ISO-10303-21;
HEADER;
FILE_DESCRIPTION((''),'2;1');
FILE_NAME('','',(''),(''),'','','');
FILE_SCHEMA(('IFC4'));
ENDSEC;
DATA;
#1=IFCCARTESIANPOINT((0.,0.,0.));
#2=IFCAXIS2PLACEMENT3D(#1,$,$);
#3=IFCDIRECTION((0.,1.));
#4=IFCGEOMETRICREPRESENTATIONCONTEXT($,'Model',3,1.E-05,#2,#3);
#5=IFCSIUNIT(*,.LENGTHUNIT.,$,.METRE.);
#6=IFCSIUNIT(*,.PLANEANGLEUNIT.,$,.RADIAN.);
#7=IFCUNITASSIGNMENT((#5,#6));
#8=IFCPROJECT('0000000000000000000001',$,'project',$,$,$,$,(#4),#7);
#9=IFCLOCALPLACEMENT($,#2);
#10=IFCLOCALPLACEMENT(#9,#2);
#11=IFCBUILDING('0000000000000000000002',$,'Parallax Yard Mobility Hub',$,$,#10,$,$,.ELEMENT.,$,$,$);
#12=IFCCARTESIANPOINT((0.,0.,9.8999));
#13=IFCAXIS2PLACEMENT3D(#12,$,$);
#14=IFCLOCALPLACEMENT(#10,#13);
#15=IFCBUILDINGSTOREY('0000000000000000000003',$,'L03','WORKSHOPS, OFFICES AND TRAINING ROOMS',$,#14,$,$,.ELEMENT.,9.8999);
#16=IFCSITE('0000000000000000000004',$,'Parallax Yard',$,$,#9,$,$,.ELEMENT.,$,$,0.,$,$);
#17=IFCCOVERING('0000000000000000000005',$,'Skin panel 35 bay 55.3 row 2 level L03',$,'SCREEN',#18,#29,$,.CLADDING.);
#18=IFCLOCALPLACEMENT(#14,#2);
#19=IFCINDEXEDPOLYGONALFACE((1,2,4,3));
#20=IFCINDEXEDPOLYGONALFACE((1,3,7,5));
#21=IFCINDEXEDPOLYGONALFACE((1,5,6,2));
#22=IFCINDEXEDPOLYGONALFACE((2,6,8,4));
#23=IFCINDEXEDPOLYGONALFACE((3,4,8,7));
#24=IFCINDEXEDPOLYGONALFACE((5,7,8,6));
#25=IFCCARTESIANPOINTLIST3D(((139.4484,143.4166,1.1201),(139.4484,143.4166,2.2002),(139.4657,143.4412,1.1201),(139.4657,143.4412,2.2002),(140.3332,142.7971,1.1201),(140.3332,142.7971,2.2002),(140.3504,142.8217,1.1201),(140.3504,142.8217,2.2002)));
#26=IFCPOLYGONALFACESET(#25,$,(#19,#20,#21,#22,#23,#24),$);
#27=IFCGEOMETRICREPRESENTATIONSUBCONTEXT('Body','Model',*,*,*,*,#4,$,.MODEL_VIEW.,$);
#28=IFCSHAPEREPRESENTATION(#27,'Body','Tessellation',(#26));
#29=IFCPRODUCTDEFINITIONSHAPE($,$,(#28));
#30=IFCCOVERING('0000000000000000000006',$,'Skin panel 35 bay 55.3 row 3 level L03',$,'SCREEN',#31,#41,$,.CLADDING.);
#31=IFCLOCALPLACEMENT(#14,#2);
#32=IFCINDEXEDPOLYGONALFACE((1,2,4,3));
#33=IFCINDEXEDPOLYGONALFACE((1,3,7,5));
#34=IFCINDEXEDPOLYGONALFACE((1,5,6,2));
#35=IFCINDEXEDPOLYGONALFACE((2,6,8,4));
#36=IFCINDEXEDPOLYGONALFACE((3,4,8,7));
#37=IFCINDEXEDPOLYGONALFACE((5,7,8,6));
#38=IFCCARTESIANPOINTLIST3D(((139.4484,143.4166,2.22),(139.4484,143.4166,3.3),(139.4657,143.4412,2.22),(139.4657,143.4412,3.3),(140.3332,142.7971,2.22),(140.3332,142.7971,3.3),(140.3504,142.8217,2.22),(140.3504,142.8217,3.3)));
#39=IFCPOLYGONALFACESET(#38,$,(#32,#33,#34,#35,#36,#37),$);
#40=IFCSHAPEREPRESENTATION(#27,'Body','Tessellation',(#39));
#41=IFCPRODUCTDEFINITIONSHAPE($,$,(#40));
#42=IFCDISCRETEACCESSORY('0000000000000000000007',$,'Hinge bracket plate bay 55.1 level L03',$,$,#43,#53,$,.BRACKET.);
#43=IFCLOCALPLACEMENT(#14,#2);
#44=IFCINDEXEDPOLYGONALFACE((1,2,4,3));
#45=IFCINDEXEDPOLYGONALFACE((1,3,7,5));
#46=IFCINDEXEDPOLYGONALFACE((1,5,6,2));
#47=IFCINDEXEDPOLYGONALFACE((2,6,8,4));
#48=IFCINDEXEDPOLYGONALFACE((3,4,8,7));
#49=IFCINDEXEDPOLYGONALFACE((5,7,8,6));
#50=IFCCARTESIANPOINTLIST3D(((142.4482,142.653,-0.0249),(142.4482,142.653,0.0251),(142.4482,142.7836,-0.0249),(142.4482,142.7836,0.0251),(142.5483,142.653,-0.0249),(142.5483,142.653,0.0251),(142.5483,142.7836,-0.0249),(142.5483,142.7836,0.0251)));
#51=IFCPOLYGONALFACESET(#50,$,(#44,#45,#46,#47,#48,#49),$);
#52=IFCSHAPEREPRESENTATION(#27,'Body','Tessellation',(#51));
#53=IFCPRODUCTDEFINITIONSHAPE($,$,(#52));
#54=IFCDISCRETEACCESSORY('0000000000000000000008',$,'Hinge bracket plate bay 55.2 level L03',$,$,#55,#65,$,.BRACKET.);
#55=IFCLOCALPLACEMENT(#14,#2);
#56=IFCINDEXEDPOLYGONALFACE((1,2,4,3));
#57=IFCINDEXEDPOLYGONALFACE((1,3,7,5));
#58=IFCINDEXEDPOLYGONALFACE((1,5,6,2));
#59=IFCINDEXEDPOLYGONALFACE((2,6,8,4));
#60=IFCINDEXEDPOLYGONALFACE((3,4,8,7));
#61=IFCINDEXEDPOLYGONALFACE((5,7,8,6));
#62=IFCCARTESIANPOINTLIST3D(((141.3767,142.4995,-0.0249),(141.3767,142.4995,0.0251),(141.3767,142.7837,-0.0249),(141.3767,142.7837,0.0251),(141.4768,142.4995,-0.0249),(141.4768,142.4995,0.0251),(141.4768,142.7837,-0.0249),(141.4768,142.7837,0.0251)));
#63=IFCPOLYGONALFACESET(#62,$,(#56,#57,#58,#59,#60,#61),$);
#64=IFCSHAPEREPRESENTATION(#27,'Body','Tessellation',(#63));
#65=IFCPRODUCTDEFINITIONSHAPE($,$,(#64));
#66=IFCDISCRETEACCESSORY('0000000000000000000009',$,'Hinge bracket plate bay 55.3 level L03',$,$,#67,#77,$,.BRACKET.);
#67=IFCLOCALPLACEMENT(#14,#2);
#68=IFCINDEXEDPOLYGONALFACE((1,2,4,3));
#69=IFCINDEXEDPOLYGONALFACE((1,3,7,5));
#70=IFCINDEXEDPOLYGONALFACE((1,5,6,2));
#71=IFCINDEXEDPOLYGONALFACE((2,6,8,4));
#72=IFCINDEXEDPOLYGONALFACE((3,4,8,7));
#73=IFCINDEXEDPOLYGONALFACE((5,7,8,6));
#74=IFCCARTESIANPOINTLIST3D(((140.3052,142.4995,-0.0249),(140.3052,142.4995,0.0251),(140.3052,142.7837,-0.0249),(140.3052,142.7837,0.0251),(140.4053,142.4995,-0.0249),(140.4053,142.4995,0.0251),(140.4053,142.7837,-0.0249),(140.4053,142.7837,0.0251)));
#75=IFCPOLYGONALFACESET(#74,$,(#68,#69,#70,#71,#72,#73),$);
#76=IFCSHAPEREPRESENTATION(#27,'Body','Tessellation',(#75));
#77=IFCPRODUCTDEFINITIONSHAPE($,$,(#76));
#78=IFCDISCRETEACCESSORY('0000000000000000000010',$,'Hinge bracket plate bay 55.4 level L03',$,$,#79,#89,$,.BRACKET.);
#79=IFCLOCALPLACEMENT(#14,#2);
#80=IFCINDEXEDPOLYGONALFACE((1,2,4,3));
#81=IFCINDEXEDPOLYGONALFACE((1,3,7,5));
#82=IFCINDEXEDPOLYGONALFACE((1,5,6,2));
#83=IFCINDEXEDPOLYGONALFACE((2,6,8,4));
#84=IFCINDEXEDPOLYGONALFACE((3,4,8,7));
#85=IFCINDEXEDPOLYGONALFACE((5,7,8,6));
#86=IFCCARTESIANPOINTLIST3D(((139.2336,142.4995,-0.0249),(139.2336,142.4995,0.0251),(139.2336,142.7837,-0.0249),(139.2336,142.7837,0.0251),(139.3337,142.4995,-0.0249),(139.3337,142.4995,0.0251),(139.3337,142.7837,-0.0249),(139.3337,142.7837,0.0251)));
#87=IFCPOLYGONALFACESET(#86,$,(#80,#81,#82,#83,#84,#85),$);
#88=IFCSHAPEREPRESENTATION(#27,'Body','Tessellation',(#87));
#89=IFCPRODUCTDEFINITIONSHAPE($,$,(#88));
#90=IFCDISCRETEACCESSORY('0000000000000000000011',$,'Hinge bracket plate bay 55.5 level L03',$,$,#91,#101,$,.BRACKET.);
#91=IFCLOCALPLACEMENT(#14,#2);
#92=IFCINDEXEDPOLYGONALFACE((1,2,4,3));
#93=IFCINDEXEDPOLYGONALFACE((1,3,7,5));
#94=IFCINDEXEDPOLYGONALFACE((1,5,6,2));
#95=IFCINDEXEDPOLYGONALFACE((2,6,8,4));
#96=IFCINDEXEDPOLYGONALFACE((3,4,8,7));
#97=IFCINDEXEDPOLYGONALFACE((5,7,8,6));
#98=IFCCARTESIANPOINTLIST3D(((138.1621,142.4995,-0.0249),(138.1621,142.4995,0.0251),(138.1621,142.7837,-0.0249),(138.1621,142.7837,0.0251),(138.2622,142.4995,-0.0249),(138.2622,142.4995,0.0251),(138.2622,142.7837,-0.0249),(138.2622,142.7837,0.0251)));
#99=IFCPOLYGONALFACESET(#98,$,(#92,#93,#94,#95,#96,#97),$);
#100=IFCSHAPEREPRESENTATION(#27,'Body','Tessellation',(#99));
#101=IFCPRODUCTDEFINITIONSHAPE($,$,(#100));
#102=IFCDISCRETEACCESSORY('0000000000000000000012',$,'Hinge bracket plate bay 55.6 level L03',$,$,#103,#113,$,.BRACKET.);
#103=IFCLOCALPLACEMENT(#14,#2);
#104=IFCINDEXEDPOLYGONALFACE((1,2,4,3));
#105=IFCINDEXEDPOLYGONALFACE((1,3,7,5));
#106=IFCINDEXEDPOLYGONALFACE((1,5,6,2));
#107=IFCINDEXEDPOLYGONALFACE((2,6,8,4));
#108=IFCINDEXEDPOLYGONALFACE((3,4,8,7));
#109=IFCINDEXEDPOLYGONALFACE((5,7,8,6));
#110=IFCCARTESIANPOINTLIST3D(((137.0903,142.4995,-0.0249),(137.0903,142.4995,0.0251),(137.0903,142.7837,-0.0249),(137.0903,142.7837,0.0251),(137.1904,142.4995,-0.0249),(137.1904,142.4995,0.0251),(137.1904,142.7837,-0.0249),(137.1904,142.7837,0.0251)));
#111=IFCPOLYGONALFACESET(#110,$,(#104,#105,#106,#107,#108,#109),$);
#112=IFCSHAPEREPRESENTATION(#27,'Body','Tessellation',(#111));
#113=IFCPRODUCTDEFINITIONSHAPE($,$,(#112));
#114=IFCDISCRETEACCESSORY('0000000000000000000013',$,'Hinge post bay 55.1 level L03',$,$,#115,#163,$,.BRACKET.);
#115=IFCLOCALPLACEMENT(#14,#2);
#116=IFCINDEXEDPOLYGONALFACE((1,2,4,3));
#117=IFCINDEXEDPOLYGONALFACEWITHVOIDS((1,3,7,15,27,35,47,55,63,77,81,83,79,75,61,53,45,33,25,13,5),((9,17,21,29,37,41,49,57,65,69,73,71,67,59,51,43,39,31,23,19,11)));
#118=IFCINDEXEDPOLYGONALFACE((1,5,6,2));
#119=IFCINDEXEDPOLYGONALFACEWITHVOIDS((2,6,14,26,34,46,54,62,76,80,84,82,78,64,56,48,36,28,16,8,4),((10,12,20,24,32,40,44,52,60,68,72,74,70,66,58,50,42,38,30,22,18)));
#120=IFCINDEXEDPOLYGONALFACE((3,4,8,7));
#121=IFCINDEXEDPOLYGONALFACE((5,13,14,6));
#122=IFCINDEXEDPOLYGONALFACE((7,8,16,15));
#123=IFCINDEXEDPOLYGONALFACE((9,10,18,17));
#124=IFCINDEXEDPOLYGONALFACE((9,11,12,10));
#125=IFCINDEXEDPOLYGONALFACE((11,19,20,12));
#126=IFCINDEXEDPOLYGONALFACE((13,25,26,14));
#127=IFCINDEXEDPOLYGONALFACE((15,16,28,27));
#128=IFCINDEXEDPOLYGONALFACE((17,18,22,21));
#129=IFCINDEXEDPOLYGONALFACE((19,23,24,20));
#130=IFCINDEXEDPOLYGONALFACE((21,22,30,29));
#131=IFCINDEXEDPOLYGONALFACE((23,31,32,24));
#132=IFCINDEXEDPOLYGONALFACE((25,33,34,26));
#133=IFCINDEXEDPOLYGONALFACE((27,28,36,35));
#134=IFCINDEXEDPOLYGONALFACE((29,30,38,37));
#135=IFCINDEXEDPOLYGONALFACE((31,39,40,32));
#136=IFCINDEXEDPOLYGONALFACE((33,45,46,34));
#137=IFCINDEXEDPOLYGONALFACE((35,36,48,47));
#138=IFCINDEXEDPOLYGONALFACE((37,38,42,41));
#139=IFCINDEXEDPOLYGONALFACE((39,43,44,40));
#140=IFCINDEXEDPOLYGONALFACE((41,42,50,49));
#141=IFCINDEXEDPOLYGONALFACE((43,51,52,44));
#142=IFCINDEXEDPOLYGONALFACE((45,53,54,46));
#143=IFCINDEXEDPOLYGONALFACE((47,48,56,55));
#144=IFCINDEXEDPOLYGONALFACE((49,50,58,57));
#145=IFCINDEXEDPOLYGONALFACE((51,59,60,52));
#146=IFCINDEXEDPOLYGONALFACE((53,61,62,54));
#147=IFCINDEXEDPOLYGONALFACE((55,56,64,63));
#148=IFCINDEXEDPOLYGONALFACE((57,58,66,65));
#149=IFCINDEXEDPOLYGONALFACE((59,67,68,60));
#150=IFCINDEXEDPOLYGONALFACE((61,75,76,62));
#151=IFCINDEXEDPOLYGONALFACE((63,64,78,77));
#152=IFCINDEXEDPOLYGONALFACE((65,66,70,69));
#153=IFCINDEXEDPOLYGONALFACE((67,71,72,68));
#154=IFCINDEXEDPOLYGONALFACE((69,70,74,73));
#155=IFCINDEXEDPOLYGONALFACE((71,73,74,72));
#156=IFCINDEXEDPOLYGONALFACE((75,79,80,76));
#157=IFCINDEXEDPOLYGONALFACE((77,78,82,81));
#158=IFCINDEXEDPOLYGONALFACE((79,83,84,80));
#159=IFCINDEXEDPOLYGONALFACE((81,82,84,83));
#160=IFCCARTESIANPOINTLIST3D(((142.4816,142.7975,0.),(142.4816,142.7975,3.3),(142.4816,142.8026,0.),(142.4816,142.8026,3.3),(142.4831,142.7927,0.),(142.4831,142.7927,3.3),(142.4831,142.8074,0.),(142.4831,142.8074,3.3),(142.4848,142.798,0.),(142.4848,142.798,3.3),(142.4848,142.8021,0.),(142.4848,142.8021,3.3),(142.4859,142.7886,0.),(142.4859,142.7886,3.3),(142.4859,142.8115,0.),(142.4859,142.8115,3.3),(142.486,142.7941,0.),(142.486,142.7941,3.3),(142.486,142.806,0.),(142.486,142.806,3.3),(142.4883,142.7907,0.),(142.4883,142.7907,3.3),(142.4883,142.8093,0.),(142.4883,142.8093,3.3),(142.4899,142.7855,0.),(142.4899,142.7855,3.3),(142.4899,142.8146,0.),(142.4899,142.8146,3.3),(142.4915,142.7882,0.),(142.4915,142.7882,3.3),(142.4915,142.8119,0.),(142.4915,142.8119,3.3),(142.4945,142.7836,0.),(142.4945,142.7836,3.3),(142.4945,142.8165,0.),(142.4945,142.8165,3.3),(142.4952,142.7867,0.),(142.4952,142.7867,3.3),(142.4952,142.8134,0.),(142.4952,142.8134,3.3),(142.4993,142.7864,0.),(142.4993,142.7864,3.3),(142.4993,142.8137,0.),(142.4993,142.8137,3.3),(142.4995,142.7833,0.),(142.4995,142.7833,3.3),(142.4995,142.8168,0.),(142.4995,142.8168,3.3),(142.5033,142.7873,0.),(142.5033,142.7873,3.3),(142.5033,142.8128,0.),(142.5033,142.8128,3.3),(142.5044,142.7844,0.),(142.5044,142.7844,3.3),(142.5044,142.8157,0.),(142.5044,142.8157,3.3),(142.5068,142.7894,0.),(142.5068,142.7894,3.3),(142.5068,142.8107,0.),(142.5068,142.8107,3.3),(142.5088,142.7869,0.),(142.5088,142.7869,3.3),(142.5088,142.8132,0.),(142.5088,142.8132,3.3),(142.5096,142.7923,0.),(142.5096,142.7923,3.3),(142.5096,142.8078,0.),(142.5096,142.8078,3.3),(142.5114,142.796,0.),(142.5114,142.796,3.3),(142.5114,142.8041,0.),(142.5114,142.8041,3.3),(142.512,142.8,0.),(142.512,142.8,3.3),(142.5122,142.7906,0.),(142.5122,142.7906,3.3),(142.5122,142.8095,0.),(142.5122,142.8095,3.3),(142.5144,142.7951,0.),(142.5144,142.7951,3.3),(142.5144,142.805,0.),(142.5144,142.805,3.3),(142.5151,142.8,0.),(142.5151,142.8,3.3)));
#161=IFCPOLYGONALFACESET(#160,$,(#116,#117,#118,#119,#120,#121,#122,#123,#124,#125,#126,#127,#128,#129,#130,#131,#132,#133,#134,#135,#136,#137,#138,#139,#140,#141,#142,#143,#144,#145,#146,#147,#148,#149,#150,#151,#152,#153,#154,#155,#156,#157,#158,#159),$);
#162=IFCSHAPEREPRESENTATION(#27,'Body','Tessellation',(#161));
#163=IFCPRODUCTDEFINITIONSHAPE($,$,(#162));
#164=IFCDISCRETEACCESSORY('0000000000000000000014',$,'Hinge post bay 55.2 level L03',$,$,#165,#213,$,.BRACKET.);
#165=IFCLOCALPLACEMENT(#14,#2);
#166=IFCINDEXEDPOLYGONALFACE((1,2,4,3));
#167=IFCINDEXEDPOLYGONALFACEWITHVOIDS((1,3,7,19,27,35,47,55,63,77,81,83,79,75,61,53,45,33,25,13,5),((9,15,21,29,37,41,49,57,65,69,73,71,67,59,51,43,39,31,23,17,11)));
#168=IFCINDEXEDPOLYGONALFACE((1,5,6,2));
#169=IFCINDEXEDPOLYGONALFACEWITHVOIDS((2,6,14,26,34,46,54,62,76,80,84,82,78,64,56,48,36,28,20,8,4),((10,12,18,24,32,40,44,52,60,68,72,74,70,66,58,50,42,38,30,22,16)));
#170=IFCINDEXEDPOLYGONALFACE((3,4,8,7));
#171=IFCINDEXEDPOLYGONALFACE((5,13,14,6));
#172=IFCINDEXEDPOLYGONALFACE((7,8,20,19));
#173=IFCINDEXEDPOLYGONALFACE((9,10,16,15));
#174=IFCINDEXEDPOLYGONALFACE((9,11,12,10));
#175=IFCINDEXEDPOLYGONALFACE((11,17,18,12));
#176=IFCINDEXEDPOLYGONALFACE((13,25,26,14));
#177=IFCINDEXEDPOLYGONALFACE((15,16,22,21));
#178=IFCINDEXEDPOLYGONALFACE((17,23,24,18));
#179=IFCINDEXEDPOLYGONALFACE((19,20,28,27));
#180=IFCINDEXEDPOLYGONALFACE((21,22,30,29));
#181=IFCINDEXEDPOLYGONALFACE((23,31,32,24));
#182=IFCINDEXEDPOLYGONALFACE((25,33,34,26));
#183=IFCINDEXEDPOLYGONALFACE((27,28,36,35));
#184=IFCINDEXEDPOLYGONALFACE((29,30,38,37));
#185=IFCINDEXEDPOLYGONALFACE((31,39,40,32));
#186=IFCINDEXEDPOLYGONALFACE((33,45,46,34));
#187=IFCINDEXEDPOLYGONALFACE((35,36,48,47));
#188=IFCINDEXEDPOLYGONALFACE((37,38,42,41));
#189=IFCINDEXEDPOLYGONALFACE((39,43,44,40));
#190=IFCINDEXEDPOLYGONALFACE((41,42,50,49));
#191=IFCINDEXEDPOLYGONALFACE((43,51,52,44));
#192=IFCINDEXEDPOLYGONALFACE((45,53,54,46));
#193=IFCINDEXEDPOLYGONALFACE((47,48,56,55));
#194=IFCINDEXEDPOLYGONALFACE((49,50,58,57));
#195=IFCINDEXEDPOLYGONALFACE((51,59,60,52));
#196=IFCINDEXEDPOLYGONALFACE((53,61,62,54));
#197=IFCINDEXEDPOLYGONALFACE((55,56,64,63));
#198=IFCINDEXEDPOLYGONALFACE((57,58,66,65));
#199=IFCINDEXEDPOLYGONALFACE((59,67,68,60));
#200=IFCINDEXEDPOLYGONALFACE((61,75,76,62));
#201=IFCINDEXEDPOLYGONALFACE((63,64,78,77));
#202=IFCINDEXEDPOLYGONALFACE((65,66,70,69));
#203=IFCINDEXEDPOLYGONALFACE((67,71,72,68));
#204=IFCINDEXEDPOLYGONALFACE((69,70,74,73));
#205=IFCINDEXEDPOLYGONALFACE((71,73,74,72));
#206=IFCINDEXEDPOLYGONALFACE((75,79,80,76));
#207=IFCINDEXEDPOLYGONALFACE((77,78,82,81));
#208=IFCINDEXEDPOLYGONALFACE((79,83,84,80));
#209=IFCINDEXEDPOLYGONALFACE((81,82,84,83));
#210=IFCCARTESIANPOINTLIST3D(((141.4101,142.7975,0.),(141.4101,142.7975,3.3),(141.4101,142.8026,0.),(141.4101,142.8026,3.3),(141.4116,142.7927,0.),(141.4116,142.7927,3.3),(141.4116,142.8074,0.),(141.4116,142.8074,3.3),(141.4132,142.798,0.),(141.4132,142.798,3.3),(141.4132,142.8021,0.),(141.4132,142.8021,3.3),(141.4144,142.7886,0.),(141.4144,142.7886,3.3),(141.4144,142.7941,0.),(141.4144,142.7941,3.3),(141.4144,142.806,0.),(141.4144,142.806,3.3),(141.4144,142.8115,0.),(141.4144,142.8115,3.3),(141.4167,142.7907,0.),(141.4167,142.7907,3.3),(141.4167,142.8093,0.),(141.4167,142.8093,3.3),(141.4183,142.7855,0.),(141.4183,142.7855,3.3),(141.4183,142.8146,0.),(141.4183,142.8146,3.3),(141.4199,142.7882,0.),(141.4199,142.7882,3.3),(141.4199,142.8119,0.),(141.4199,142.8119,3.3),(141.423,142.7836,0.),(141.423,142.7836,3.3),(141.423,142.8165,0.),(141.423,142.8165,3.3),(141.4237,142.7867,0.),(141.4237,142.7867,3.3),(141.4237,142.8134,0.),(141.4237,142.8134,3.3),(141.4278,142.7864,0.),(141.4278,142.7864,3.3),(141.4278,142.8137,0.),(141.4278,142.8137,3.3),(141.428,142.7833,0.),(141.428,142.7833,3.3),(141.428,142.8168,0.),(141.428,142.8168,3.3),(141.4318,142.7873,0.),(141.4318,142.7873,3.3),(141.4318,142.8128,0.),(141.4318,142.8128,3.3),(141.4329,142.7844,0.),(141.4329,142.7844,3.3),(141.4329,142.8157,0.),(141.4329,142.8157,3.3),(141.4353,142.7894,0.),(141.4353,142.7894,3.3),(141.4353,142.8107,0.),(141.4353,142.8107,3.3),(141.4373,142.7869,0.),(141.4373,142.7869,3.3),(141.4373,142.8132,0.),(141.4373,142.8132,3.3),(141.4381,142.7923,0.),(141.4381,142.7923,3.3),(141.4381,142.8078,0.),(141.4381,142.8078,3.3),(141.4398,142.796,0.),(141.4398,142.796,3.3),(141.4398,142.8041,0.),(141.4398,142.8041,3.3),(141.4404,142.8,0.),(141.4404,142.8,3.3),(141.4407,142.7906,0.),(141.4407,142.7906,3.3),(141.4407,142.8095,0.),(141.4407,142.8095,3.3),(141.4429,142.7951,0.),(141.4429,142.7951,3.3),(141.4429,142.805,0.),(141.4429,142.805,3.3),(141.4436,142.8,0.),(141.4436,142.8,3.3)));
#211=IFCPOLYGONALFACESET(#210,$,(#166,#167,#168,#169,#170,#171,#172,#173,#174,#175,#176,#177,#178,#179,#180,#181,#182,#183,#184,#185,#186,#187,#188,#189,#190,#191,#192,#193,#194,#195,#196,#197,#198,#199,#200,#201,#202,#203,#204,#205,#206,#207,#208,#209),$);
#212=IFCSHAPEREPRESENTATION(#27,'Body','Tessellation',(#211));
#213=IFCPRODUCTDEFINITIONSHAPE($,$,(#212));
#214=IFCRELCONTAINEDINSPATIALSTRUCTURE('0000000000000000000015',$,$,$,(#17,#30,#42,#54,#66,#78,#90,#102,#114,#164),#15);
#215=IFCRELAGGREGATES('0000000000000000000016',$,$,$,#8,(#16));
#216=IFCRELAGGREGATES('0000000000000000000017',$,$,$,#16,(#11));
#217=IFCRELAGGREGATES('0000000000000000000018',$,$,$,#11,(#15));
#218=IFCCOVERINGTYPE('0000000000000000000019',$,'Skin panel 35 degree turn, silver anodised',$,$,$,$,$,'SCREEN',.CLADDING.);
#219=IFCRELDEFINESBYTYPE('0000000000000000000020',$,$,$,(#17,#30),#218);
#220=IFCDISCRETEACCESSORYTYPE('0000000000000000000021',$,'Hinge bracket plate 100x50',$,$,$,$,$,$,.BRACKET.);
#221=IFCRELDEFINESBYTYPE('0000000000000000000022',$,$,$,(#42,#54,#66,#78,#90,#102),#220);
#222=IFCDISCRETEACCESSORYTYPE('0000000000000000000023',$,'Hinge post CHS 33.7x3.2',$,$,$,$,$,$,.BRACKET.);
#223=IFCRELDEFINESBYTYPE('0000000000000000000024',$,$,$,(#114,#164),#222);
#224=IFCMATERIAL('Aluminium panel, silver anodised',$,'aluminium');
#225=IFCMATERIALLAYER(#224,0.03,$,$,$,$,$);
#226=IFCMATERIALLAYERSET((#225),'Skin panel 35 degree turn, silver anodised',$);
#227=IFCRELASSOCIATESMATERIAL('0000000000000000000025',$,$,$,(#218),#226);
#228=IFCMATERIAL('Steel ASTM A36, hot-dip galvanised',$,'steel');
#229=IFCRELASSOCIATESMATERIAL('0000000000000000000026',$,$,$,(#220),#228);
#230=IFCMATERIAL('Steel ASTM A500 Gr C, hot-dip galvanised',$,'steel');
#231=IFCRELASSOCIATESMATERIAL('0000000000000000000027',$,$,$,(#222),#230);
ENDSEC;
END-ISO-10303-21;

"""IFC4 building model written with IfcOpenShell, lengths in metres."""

from ifc_helpers import new_model, si_unit, direction, frame, origin, origin_2d, place, context, subcontext, project, spatial, rectangle, hollow_circle, extrude, material, layer, layer_set, material_profile, profile_set, type_object, element, save


model = new_model("IFC4")

# Units and contexts
model_context = context("Model", 3, precision=1e-05, world=origin(), true_north=direction((0.0, 1.0)))
body_context = subcontext(model_context, "Body", "Model", "MODEL_VIEW")
ifc_project = project(units=[si_unit("LENGTHUNIT", "METRE"), si_unit("PLANEANGLEUNIT", "RADIAN")], contexts=[model_context])

# Site, building, storey
site_placement = place(None, origin())
site = spatial("IfcSite", under=ifc_project, at=site_placement, Name="Parallax Yard", CompositionType="ELEMENT", RefElevation=0.0)
building_placement = place(site_placement, origin())
building = spatial("IfcBuilding", under=site, at=building_placement, Name="Parallax Yard Mobility Hub", CompositionType="ELEMENT")
storey_placement = place(building_placement, frame((0.0, 0.0, 9.8999)))
storey = spatial("IfcBuildingStorey", under=building, at=storey_placement, Name="L03", Description="WORKSHOPS, OFFICES AND TRAINING ROOMS", CompositionType="ELEMENT", Elevation=9.8999)

# Coverings
ifc_material_1 = material(Name="Aluminium panel, silver anodised", Category="aluminium")
ifc_layer_1 = layer(ifc_material_1, 0.03)
ifc_layer_set_1 = layer_set([ifc_layer_1], Name="Skin panel 35 degree turn, silver anodised")
covering_type_1 = type_object("IfcCoveringType", Name="Skin panel 35 degree turn, silver anodised", ElementType="SCREEN", PredefinedType="CLADDING", material=ifc_layer_set_1)
for number, where, z_axis, x_axis, name in (
    (1, (139.8994, 143.1191, 1.1201), (0.0, 0.0, 1.0), (-0.819152, 0.573576, 0.0), "Skin panel 35 bay 55.3 row 2 level L03"),
    (2, (139.8994, 143.1191, 2.22), (0.0, 0.0, 1.0), (-0.819152, 0.573576, 0.0), "Skin panel 35 bay 55.3 row 3 level L03"),
):
    element("IfcCovering", number, at=place(storey_placement, frame(where, z_axis=z_axis, x_axis=x_axis)), inside=storey, type_object=covering_type_1, Name=name, ObjectType="SCREEN", PredefinedType="CLADDING", context=body_context, shape_type="SweptSolid", body=[
        extrude(rectangle(XDim=1.0801, YDim=0.03, at=origin_2d()), origin(), (0.0, 0.0, 1.0), 1.0801),
    ])

# Discrete accessories
ifc_material_2 = material(Name="Steel ASTM A36, hot-dip galvanised", Category="steel")
discrete_accessory_type_1 = type_object("IfcDiscreteAccessoryType", Name="Hinge bracket plate 100x50", PredefinedType="BRACKET", material=ifc_material_2)
discrete_accessory_placement = place(storey_placement, frame((142.4983, 142.7183, -0.0249), z_axis=(0.0, 0.0, 1.0), x_axis=(0.0, 1.0, 0.0)))
element("IfcDiscreteAccessory", 3, at=discrete_accessory_placement, inside=storey, type_object=discrete_accessory_type_1, Name="Hinge bracket plate bay 55.1 level L03", PredefinedType="BRACKET", context=body_context, shape_type="SweptSolid", body=[
    extrude(rectangle(XDim=0.1306, YDim=0.1001, at=origin_2d()), origin(), (0.0, 0.0, 1.0), 0.05),
])
for number, where, z_axis, x_axis, name in (
    (4, (141.4268, 142.6416, -0.0249), (0.0, 0.0, 1.0), (0.0, 1.0, 0.0), "Hinge bracket plate bay 55.2 level L03"),
    (5, (140.3552, 142.6416, -0.0249), (0.0, 0.0, 1.0), (0.0, 1.0, 0.0), "Hinge bracket plate bay 55.3 level L03"),
    (6, (139.2837, 142.6416, -0.0249), (0.0, 0.0, 1.0), (0.0, 1.0, 0.0), "Hinge bracket plate bay 55.4 level L03"),
    (7, (138.2122, 142.6416, -0.0249), (0.0, 0.0, 1.0), (0.0, 1.0, 0.0), "Hinge bracket plate bay 55.5 level L03"),
    (8, (137.1404, 142.6416, -0.0249), (0.0, 0.0, 1.0), (0.0, 1.0, 0.0), "Hinge bracket plate bay 55.6 level L03"),
):
    element("IfcDiscreteAccessory", number, at=place(storey_placement, frame(where, z_axis=z_axis, x_axis=x_axis)), inside=storey, type_object=discrete_accessory_type_1, Name=name, PredefinedType="BRACKET", context=body_context, shape_type="SweptSolid", body=[
        extrude(rectangle(XDim=0.2842, YDim=0.1001, at=origin_2d()), origin(), (0.0, 0.0, 1.0), 0.05),
    ])
ifc_material_3 = material(Name="Steel ASTM A500 Gr C, hot-dip galvanised", Category="steel")
ifc_material_profile = material_profile(ifc_material_3, hollow_circle(Radius=0.0168, WallThickness=0.0032, at=origin_2d()), Name="CHS 33.7x3.2")
ifc_profile_set = profile_set([ifc_material_profile], Name="Steel ASTM A500 Gr C, hot-dip galvanised")
discrete_accessory_type_2 = type_object("IfcDiscreteAccessoryType", Name="Hinge post CHS 33.7x3.2", PredefinedType="BRACKET", material=ifc_profile_set)
for number, where, z_axis, x_axis, name in (
    (9, (142.4983, 142.8, 0.0), (0.0, 0.0, 1.0), (1.0, 0.0, 0.0), "Hinge post bay 55.1 level L03"),
    (10, (141.4268, 142.8, 0.0), (0.0, 0.0, 1.0), (1.0, 0.0, 0.0), "Hinge post bay 55.2 level L03"),
):
    element("IfcDiscreteAccessory", number, at=place(storey_placement, frame(where, z_axis=z_axis, x_axis=x_axis)), inside=storey, type_object=discrete_accessory_type_2, Name=name, PredefinedType="BRACKET", context=body_context, shape_type="SweptSolid", body=[
        extrude(hollow_circle(Radius=0.0168, WallThickness=0.0032, at=origin_2d()), origin(), (0.0, 0.0, 1.0), 3.3),
    ])

save(model, "model.ifc")
